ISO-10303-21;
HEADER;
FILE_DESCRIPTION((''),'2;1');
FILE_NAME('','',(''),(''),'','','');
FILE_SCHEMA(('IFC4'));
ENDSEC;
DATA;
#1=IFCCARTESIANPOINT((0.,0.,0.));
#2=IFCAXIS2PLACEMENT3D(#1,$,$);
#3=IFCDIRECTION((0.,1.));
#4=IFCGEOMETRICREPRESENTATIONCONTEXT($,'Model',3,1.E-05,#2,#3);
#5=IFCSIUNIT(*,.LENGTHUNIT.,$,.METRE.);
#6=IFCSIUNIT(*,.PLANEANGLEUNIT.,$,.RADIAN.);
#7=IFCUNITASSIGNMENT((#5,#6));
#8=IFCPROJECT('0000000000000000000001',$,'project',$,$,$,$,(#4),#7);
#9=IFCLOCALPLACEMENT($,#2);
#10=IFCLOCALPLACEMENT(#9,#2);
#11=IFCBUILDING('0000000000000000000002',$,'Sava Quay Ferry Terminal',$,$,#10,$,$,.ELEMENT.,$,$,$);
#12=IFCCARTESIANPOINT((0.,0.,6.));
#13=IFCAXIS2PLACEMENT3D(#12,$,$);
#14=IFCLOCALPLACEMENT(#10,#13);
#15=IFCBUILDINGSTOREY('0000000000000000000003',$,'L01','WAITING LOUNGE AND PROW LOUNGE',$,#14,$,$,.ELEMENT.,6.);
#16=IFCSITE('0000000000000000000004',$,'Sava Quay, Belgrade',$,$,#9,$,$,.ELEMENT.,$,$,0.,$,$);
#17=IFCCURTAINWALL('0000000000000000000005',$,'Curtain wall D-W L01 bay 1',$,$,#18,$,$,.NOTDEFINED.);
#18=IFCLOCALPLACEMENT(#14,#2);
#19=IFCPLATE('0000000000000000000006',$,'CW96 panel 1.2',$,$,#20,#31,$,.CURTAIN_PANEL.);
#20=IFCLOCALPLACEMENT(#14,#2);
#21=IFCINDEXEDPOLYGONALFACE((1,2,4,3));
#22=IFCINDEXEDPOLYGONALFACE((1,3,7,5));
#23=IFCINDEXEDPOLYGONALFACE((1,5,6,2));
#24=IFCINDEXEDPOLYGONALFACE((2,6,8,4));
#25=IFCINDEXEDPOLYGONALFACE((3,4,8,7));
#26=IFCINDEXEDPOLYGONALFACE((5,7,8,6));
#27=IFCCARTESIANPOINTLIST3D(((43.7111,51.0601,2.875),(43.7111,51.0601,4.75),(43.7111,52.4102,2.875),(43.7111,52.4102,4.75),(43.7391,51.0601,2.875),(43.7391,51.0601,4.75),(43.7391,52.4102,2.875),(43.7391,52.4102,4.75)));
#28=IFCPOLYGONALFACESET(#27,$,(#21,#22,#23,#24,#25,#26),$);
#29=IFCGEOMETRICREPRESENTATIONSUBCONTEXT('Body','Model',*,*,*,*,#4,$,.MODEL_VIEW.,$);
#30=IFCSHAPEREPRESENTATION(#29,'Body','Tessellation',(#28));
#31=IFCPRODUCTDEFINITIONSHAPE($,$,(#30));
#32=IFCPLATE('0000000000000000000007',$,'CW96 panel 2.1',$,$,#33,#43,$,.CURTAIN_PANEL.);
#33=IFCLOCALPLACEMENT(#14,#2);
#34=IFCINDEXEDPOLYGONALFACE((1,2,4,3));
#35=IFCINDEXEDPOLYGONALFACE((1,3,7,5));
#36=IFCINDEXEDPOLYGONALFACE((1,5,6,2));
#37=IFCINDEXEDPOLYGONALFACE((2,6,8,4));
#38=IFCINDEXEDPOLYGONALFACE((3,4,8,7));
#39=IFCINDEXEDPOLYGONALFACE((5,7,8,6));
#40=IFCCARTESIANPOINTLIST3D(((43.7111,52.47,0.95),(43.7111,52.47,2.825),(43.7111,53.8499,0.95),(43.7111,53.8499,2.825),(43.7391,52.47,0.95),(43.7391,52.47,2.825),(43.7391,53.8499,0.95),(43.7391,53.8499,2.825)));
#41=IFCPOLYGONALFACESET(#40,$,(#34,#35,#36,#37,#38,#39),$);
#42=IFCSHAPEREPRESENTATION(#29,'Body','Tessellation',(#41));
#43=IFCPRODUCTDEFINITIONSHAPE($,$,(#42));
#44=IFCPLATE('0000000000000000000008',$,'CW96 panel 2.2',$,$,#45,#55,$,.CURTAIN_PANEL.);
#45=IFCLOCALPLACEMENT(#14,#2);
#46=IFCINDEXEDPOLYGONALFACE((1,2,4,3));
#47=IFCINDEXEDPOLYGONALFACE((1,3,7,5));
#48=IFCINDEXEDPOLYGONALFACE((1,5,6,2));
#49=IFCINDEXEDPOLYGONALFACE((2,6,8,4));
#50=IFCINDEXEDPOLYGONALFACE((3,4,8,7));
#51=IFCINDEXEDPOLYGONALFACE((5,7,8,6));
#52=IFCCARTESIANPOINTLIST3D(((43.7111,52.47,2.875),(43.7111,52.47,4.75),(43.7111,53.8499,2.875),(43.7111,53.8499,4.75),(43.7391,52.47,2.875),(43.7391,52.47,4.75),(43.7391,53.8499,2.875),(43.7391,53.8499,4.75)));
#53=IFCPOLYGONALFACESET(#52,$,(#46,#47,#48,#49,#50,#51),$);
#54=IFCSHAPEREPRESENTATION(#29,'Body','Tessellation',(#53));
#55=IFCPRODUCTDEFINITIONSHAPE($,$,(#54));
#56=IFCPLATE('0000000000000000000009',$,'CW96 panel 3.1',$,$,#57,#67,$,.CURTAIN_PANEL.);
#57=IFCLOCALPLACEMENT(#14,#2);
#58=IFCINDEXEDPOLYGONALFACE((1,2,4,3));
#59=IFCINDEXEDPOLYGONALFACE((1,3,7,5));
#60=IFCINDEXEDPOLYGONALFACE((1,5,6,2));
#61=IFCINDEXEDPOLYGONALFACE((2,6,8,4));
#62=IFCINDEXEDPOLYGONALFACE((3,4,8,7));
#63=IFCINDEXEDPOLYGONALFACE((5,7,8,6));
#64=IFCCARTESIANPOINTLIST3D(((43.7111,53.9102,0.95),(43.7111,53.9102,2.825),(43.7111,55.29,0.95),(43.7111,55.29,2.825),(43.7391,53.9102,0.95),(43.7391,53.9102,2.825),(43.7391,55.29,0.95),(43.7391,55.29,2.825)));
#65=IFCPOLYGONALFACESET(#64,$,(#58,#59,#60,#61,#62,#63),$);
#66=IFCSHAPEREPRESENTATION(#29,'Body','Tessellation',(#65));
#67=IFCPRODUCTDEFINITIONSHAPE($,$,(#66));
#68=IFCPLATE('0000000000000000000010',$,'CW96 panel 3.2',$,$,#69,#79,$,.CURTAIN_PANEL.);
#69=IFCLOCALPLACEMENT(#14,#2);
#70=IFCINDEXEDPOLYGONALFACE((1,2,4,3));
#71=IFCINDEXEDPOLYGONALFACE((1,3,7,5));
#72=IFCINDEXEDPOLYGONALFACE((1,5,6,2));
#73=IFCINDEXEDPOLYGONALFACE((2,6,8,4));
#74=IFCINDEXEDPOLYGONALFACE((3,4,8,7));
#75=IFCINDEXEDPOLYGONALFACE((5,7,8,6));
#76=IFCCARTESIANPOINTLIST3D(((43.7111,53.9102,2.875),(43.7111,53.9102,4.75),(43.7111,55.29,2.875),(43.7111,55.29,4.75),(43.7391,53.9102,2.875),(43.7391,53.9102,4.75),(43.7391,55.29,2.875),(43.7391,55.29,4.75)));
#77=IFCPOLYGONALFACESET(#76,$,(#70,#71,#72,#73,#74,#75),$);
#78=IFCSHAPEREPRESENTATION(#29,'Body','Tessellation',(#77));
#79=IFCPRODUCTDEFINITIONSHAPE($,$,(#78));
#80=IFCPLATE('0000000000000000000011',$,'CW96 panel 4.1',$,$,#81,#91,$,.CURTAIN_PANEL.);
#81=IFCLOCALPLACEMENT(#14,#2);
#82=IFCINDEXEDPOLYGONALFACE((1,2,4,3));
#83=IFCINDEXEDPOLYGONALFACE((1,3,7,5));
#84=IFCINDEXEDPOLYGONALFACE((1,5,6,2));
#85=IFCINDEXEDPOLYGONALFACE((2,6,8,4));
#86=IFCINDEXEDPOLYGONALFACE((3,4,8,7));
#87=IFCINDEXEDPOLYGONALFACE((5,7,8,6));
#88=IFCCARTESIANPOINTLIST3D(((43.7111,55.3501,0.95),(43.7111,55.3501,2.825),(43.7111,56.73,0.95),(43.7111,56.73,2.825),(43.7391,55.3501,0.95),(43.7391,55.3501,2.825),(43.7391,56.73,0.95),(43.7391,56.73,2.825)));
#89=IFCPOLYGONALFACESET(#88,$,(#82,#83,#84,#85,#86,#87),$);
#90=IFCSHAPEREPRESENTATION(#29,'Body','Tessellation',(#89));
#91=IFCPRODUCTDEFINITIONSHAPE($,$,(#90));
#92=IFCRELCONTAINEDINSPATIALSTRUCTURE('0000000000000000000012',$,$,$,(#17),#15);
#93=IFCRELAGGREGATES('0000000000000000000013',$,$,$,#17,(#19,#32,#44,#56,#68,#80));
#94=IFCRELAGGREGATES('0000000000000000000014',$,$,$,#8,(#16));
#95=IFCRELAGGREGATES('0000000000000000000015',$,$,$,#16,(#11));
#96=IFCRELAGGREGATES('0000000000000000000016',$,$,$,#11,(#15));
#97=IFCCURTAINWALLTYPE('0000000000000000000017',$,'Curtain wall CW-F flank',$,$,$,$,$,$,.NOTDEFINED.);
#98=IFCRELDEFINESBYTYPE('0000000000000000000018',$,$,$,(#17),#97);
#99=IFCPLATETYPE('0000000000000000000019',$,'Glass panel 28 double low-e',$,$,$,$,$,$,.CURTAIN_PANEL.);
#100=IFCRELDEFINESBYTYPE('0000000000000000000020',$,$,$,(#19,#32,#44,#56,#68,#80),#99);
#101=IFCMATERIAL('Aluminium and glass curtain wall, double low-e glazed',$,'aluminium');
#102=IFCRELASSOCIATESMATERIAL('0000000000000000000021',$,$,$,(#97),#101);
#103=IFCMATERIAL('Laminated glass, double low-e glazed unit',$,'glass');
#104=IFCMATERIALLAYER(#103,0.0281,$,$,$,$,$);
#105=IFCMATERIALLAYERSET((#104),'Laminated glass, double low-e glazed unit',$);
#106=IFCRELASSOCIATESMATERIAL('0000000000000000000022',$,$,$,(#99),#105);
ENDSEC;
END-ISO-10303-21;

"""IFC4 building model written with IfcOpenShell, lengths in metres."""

from ifc_helpers import new_model, si_unit, direction, frame, origin, origin_2d, place, context, subcontext, project, spatial, rectangle, extrude, material, layer, layer_set, type_object, element, aggregate, save


model = new_model("IFC4")

# Units and contexts
model_context = context("Model", 3, precision=1e-05, world=origin(), true_north=direction((0.0, 1.0)))
body_context = subcontext(model_context, "Body", "Model", "MODEL_VIEW")
ifc_project = project(units=[si_unit("LENGTHUNIT", "METRE"), si_unit("PLANEANGLEUNIT", "RADIAN")], contexts=[model_context])

# Site, building, storey
site_placement = place(None, origin())
site = spatial("IfcSite", under=ifc_project, at=site_placement, Name="Sava Quay, Belgrade", CompositionType="ELEMENT", RefElevation=0.0)
building_placement = place(site_placement, origin())
building = spatial("IfcBuilding", under=site, at=building_placement, Name="Sava Quay Ferry Terminal", CompositionType="ELEMENT")
storey_placement = place(building_placement, frame((0.0, 0.0, 6.0)))
storey = spatial("IfcBuildingStorey", under=building, at=storey_placement, Name="L01", Description="WAITING LOUNGE AND PROW LOUNGE", CompositionType="ELEMENT", Elevation=6.0)

# Curtain wall, plates
ifc_material_1 = material(Name="Aluminium and glass curtain wall, double low-e glazed", Category="aluminium")
curtain_wall_type = type_object("IfcCurtainWallType", Name="Curtain wall CW-F flank", PredefinedType="NOTDEFINED", material=ifc_material_1)
curtain_wall_placement = place(storey_placement, origin())
curtain_wall = element("IfcCurtainWall", 1, at=curtain_wall_placement, inside=storey, type_object=curtain_wall_type, Name="Curtain wall D-W L01 bay 1", PredefinedType="NOTDEFINED")
ifc_material_2 = material(Name="Laminated glass, double low-e glazed unit", Category="glass")
ifc_layer = layer(ifc_material_2, 0.0281)
ifc_layer_set = layer_set([ifc_layer], Name="Laminated glass, double low-e glazed unit")
plate_type = type_object("IfcPlateType", Name="Glass panel 28 double low-e", PredefinedType="CURTAIN_PANEL", material=ifc_layer_set)
plate_1_placement = place(storey_placement, frame((43.7251, 51.7351, 2.875), z_axis=(0.0, 0.0, 1.0), x_axis=(0.0, 1.0, 0.0)))
plate_1 = element("IfcPlate", 2, at=plate_1_placement, type_object=plate_type, Name="CW96 panel 1.2", PredefinedType="CURTAIN_PANEL", context=body_context, shape_type="SweptSolid", body=[
    extrude(rectangle(XDim=1.3501, YDim=0.0281, at=origin_2d()), origin(), (0.0, 0.0, 1.0), 1.875),
])
plate_2_placement = place(storey_placement, frame((43.7251, 53.1599, 0.95), z_axis=(0.0, 0.0, 1.0), x_axis=(0.0, 1.0, 0.0)))
plate_2 = element("IfcPlate", 3, at=plate_2_placement, type_object=plate_type, Name="CW96 panel 2.1", PredefinedType="CURTAIN_PANEL", context=body_context, shape_type="SweptSolid", body=[
    extrude(rectangle(XDim=1.3799, YDim=0.0281, at=origin_2d()), origin(), (0.0, 0.0, 1.0), 1.875),
])
plate_3_placement = place(storey_placement, frame((43.7251, 53.1599, 2.875), z_axis=(0.0, 0.0, 1.0), x_axis=(0.0, 1.0, 0.0)))
plate_3 = element("IfcPlate", 4, at=plate_3_placement, type_object=plate_type, Name="CW96 panel 2.2", PredefinedType="CURTAIN_PANEL", context=body_context, shape_type="SweptSolid", body=[
    extrude(rectangle(XDim=1.3799, YDim=0.0281, at=origin_2d()), origin(), (0.0, 0.0, 1.0), 1.875),
])
plate_4_placement = place(storey_placement, frame((43.7251, 54.6001, 0.95), z_axis=(0.0, 0.0, 1.0), x_axis=(0.0, 1.0, 0.0)))
plate_4 = element("IfcPlate", 5, at=plate_4_placement, type_object=plate_type, Name="CW96 panel 3.1", PredefinedType="CURTAIN_PANEL", context=body_context, shape_type="SweptSolid", body=[
    extrude(rectangle(XDim=1.3799, YDim=0.0281, at=origin_2d()), origin(), (0.0, 0.0, 1.0), 1.875),
])
plate_5_placement = place(storey_placement, frame((43.7251, 54.6001, 2.875), z_axis=(0.0, 0.0, 1.0), x_axis=(0.0, 1.0, 0.0)))
plate_5 = element("IfcPlate", 6, at=plate_5_placement, type_object=plate_type, Name="CW96 panel 3.2", PredefinedType="CURTAIN_PANEL", context=body_context, shape_type="SweptSolid", body=[
    extrude(rectangle(XDim=1.3799, YDim=0.0281, at=origin_2d()), origin(), (0.0, 0.0, 1.0), 1.875),
])
plate_6_placement = place(storey_placement, frame((43.7251, 56.04, 0.95), z_axis=(0.0, 0.0, 1.0), x_axis=(0.0, 1.0, 0.0)))
plate_6 = element("IfcPlate", 7, at=plate_6_placement, type_object=plate_type, Name="CW96 panel 4.1", PredefinedType="CURTAIN_PANEL", context=body_context, shape_type="SweptSolid", body=[
    extrude(rectangle(XDim=1.3799, YDim=0.0281, at=origin_2d()), origin(), (0.0, 0.0, 1.0), 1.875),
])
aggregate(curtain_wall, [plate_1, plate_2, plate_3, plate_4, plate_5, plate_6])

save(model, "model.ifc")
